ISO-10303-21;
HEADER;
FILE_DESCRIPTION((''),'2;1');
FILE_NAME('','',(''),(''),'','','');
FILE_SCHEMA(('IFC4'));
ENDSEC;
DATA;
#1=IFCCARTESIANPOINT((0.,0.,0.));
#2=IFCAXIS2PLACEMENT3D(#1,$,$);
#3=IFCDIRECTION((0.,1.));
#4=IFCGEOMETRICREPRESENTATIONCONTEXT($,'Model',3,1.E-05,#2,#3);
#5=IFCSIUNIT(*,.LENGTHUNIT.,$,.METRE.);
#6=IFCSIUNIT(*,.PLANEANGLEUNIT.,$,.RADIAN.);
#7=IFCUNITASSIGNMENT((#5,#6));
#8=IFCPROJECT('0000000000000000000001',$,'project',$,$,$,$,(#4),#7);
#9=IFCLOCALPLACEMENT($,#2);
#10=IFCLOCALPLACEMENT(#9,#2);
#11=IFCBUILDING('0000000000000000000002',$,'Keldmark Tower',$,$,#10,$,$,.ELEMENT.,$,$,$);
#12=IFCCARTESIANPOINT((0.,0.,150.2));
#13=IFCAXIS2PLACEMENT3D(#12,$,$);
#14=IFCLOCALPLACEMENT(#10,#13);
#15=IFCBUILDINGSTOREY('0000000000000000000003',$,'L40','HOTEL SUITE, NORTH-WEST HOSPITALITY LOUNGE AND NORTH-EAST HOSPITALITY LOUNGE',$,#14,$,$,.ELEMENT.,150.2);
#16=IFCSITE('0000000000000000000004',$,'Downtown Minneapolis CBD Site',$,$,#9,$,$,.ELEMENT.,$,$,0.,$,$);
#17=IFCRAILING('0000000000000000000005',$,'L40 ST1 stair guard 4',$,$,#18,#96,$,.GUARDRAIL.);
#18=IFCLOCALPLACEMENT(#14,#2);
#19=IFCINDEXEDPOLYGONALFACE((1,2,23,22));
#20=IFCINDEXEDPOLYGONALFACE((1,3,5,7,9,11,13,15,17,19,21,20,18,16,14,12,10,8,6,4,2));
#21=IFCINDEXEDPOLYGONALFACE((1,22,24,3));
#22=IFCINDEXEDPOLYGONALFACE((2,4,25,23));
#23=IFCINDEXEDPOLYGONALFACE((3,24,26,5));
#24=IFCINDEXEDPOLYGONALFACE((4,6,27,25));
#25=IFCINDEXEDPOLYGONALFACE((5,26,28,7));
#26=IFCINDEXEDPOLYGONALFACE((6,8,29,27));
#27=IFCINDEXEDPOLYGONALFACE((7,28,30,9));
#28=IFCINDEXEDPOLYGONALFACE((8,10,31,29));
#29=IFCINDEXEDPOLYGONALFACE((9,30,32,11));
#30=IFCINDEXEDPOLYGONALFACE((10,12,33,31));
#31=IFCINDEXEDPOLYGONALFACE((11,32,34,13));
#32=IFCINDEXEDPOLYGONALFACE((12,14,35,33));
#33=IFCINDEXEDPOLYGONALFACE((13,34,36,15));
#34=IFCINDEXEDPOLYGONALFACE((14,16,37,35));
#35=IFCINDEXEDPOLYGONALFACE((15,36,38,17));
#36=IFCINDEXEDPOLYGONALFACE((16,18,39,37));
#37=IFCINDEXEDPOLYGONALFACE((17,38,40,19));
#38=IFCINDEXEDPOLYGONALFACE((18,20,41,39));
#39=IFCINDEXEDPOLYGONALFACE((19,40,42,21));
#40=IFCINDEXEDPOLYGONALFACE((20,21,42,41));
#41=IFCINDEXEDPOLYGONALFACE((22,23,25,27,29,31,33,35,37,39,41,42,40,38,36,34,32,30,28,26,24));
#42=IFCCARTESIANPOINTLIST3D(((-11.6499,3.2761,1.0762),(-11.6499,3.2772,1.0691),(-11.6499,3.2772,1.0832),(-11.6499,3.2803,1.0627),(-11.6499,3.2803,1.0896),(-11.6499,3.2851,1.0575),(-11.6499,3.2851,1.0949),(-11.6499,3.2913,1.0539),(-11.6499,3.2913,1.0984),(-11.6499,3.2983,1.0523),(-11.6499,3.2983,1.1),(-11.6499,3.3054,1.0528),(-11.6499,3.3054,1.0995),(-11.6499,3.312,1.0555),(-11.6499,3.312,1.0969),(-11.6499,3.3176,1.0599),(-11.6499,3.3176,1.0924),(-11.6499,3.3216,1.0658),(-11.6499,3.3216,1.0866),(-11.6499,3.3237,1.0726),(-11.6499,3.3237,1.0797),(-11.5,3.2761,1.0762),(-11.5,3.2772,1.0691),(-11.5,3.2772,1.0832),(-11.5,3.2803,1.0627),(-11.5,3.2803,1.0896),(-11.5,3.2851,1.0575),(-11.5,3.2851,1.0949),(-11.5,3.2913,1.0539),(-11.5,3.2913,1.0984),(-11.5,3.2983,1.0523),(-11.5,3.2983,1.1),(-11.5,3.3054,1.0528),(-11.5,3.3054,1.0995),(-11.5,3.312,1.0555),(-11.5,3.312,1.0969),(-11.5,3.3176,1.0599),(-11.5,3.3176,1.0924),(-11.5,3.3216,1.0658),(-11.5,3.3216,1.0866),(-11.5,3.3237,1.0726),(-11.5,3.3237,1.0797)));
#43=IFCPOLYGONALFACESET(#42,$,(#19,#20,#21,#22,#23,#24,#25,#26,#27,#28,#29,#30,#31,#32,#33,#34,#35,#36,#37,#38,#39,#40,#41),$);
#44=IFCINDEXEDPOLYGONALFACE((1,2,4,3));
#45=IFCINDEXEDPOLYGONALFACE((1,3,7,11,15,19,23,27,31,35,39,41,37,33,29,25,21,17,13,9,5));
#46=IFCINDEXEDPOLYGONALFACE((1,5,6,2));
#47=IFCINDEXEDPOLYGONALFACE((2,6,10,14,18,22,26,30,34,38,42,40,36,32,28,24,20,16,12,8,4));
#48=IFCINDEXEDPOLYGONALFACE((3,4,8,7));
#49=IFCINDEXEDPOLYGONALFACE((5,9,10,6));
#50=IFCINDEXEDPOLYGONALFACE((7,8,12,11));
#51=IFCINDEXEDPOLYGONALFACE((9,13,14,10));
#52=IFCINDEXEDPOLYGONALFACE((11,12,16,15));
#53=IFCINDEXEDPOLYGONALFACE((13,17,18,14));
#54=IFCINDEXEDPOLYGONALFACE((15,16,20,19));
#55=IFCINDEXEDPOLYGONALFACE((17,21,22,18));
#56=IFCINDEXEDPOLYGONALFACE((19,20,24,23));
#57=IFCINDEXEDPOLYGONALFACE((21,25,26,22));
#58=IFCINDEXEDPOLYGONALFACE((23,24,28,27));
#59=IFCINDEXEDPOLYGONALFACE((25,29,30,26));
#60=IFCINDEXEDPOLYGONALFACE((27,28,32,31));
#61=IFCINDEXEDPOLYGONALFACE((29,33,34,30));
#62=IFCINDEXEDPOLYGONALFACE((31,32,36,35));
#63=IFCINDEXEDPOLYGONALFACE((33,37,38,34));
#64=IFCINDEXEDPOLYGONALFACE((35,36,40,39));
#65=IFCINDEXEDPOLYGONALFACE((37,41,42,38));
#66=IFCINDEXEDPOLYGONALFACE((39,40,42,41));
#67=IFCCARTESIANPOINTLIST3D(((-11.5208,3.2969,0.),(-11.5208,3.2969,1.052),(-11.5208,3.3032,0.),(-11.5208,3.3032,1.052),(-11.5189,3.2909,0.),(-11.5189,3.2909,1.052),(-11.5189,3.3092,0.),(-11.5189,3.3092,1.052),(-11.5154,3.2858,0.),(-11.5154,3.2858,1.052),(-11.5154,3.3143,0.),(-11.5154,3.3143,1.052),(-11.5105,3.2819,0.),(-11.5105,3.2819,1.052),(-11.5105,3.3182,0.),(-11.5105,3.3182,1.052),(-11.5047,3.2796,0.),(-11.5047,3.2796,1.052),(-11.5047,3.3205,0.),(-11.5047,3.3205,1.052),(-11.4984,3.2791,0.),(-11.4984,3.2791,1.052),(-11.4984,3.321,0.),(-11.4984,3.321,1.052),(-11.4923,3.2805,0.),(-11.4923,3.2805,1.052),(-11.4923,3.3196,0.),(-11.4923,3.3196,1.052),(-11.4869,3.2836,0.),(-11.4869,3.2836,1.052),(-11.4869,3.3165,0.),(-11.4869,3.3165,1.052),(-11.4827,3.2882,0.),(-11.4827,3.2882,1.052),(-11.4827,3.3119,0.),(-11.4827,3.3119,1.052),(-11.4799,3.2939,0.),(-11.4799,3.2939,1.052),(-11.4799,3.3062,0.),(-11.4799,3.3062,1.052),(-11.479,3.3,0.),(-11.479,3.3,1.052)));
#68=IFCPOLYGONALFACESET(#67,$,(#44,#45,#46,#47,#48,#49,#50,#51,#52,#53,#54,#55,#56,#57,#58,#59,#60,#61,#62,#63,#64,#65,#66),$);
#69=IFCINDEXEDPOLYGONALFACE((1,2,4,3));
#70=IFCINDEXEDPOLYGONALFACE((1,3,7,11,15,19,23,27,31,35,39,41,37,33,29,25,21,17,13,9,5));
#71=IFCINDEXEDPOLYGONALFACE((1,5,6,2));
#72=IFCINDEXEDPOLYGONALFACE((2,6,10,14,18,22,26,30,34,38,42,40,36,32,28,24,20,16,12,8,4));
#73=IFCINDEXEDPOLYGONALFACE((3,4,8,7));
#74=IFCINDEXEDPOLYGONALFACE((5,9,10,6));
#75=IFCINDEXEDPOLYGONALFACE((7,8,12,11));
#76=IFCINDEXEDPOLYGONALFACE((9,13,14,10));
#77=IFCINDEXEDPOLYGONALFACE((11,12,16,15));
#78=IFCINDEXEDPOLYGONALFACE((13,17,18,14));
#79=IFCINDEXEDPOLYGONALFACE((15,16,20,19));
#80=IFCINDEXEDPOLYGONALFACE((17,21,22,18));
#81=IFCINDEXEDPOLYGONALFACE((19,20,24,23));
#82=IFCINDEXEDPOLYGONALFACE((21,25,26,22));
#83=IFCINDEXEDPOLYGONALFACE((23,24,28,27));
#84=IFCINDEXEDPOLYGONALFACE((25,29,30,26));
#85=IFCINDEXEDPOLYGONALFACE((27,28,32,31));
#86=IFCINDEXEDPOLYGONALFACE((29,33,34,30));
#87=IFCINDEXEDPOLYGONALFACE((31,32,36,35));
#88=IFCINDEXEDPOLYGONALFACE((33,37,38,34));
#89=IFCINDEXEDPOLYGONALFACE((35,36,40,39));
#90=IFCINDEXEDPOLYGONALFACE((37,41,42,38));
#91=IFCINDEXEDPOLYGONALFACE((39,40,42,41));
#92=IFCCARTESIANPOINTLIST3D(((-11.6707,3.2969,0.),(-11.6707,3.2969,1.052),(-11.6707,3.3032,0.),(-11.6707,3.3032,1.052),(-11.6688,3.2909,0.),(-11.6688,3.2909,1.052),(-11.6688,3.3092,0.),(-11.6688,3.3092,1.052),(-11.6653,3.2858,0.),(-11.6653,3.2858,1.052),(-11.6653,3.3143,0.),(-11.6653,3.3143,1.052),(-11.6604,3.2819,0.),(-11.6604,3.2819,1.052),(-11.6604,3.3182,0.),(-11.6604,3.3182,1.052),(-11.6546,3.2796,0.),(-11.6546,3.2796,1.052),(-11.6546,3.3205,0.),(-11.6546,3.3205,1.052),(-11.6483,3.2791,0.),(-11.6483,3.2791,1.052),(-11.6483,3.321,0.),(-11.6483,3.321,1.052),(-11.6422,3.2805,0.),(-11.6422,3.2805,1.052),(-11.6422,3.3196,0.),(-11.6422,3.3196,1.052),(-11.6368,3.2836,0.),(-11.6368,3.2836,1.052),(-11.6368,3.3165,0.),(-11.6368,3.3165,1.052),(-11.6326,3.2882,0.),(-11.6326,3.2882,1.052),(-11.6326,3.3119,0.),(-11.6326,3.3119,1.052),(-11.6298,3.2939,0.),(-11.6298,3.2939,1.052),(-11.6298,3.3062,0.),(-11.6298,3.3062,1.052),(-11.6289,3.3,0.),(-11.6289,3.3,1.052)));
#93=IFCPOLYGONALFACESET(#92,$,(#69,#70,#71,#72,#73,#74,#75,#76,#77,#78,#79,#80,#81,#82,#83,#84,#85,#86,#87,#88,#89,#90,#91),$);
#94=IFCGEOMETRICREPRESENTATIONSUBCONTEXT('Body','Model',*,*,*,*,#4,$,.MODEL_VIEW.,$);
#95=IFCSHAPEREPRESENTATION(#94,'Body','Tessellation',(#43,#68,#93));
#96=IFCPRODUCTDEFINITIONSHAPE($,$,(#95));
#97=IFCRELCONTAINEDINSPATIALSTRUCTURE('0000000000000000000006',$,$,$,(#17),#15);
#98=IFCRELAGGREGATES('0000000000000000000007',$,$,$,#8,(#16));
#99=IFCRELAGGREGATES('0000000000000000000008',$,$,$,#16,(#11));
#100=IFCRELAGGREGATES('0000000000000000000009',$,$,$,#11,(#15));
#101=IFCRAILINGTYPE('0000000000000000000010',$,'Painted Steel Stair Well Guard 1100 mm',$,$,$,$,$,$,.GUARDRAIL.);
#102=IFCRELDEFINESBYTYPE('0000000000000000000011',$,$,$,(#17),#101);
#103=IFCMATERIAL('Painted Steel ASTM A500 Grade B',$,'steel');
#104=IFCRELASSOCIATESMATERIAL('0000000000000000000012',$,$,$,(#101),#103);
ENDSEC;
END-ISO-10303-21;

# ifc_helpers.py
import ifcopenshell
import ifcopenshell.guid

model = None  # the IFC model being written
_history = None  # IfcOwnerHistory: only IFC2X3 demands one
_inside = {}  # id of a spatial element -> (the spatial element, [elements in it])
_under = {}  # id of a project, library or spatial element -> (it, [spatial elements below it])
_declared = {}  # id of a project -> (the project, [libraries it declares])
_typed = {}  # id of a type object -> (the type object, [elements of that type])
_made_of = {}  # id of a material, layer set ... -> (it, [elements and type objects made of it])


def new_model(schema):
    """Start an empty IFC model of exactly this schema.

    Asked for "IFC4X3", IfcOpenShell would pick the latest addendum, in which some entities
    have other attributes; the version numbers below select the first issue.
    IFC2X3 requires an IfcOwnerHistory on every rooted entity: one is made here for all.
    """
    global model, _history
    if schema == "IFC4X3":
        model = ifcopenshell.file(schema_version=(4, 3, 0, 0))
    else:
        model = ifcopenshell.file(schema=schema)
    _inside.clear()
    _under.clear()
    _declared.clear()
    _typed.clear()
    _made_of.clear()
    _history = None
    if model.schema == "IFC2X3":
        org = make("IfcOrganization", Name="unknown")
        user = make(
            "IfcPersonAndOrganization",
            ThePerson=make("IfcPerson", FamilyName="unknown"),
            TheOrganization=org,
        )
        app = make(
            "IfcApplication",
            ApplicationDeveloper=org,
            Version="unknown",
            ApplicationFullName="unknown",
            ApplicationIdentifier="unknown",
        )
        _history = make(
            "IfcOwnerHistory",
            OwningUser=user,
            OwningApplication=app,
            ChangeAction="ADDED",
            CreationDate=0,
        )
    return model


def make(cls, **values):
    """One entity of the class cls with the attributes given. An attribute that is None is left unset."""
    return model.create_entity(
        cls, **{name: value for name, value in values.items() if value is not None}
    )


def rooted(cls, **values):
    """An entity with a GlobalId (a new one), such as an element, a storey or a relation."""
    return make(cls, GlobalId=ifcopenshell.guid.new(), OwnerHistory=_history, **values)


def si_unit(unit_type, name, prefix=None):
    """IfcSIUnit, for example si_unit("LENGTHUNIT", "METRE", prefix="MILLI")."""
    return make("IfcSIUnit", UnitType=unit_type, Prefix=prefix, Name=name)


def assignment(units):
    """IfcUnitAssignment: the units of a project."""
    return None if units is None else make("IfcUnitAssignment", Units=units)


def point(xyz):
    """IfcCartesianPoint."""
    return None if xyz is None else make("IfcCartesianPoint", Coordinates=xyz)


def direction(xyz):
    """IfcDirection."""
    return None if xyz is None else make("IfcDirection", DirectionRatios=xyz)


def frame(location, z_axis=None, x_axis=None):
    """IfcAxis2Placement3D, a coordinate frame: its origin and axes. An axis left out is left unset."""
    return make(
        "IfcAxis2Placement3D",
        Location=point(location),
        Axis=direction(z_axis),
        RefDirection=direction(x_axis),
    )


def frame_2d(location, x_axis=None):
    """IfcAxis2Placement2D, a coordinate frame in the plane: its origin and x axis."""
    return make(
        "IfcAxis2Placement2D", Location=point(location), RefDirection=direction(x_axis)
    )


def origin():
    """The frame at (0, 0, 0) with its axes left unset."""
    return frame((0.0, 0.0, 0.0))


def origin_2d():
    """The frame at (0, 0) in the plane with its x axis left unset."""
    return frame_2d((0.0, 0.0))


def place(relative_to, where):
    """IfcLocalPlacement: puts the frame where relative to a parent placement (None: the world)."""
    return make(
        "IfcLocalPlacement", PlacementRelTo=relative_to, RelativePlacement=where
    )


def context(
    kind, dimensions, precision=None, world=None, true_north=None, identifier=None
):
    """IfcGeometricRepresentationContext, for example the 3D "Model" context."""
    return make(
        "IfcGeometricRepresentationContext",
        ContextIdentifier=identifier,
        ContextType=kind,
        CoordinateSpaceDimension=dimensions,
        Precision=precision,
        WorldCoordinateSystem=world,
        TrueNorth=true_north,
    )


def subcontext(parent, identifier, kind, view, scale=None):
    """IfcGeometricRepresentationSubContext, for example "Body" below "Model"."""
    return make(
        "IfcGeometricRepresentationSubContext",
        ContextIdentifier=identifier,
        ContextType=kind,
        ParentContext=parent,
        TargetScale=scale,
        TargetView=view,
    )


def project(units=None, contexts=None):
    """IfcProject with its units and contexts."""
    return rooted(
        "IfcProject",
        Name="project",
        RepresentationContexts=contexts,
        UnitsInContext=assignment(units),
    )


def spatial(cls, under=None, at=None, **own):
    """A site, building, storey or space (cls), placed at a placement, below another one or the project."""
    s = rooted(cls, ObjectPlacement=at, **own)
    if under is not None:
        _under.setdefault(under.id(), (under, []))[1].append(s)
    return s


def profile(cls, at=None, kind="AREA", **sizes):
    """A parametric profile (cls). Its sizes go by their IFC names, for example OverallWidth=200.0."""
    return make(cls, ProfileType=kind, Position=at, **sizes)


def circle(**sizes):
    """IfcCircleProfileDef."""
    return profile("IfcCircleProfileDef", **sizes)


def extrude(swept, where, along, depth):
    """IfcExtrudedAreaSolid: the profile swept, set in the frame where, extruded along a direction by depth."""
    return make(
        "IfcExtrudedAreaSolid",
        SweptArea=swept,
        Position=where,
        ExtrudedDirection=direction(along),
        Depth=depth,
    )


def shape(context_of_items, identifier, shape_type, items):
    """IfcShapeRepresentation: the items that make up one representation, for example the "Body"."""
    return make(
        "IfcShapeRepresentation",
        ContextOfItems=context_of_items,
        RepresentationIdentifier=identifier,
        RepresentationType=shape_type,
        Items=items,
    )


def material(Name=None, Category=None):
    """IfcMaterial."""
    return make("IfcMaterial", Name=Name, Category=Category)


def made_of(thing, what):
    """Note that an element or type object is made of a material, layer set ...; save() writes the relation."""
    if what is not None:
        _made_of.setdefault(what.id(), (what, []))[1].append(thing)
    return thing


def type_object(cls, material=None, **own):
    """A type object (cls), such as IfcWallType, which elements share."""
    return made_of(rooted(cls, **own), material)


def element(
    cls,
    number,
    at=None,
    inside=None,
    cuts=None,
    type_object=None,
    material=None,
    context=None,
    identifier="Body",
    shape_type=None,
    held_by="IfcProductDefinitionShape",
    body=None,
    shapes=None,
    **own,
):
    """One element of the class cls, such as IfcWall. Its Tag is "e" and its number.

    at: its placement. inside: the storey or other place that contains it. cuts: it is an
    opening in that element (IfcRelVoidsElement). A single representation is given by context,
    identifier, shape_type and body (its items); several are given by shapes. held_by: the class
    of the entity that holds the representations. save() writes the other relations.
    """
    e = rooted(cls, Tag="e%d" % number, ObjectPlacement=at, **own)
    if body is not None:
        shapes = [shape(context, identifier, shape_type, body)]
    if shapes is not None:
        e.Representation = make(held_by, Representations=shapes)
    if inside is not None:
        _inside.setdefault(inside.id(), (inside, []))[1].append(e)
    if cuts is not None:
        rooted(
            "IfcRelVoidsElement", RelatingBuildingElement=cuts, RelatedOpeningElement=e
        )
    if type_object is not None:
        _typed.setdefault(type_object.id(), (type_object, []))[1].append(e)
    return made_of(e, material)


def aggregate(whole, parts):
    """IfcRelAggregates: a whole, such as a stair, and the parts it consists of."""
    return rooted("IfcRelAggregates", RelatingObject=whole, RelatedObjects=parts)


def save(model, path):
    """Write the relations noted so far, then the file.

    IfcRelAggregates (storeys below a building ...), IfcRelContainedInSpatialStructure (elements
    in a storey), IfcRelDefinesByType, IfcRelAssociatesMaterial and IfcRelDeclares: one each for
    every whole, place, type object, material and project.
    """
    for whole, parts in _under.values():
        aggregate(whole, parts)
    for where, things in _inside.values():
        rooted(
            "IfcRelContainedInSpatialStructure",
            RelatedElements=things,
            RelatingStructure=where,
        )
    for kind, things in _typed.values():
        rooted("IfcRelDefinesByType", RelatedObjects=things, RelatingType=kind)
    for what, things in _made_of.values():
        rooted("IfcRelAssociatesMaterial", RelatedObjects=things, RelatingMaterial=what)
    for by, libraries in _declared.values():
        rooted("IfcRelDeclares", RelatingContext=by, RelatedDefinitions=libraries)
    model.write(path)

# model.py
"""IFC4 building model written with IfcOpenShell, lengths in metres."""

from ifc_helpers import new_model, si_unit, direction, frame, origin, origin_2d, place, context, subcontext, project, spatial, circle, extrude, material, type_object, element, save


model = new_model("IFC4")

# Units and contexts
model_context = context("Model", 3, precision=1e-05, world=origin(), true_north=direction((0.0, 1.0)))
body_context = subcontext(model_context, "Body", "Model", "MODEL_VIEW")
ifc_project = project(units=[si_unit("LENGTHUNIT", "METRE"), si_unit("PLANEANGLEUNIT", "RADIAN")], contexts=[model_context])

# Site, building, storey
site_placement = place(None, origin())
site = spatial("IfcSite", under=ifc_project, at=site_placement, Name="Downtown Minneapolis CBD Site", CompositionType="ELEMENT", RefElevation=0.0)
building_placement = place(site_placement, origin())
building = spatial("IfcBuilding", under=site, at=building_placement, Name="Keldmark Tower", CompositionType="ELEMENT")
storey_placement = place(building_placement, frame((0.0, 0.0, 150.2)))
storey = spatial("IfcBuildingStorey", under=building, at=storey_placement, Name="L40", Description="HOTEL SUITE, NORTH-WEST HOSPITALITY LOUNGE AND NORTH-EAST HOSPITALITY LOUNGE", CompositionType="ELEMENT", Elevation=150.2)

# Railing
ifc_material_1 = material(Name="Painted Steel ASTM A500 Grade B", Category="steel")
railing_type_1 = type_object("IfcRailingType", Name="Painted Steel Stair Well Guard 1100 mm", PredefinedType="GUARDRAIL", material=ifc_material_1)
railing_1_placement = place(storey_placement, frame((-11.5, 3.3, 0.0)))
element("IfcRailing", 1, at=railing_1_placement, inside=storey, type_object=railing_type_1, Name="L40 ST1 stair guard 4", PredefinedType="GUARDRAIL", context=body_context, shape_type="SweptSolid", body=[
    extrude(circle(Radius=0.0239, at=origin_2d()), frame((0.0, 0.0, 1.0762), z_axis=(-1.0, 0.0, 0.0), x_axis=(0.0, -1.0, 0.0)), (0.0, 0.0, 1.0), 0.1499),
    extrude(circle(Radius=0.021, at=origin_2d()), origin(), (0.0, 0.0, 1.0), 1.052),
    extrude(circle(Radius=0.021, at=origin_2d()), frame((-0.1499, 0.0, 0.0)), (0.0, 0.0, 1.0), 1.052),
])

save(model, "model.ifc")
